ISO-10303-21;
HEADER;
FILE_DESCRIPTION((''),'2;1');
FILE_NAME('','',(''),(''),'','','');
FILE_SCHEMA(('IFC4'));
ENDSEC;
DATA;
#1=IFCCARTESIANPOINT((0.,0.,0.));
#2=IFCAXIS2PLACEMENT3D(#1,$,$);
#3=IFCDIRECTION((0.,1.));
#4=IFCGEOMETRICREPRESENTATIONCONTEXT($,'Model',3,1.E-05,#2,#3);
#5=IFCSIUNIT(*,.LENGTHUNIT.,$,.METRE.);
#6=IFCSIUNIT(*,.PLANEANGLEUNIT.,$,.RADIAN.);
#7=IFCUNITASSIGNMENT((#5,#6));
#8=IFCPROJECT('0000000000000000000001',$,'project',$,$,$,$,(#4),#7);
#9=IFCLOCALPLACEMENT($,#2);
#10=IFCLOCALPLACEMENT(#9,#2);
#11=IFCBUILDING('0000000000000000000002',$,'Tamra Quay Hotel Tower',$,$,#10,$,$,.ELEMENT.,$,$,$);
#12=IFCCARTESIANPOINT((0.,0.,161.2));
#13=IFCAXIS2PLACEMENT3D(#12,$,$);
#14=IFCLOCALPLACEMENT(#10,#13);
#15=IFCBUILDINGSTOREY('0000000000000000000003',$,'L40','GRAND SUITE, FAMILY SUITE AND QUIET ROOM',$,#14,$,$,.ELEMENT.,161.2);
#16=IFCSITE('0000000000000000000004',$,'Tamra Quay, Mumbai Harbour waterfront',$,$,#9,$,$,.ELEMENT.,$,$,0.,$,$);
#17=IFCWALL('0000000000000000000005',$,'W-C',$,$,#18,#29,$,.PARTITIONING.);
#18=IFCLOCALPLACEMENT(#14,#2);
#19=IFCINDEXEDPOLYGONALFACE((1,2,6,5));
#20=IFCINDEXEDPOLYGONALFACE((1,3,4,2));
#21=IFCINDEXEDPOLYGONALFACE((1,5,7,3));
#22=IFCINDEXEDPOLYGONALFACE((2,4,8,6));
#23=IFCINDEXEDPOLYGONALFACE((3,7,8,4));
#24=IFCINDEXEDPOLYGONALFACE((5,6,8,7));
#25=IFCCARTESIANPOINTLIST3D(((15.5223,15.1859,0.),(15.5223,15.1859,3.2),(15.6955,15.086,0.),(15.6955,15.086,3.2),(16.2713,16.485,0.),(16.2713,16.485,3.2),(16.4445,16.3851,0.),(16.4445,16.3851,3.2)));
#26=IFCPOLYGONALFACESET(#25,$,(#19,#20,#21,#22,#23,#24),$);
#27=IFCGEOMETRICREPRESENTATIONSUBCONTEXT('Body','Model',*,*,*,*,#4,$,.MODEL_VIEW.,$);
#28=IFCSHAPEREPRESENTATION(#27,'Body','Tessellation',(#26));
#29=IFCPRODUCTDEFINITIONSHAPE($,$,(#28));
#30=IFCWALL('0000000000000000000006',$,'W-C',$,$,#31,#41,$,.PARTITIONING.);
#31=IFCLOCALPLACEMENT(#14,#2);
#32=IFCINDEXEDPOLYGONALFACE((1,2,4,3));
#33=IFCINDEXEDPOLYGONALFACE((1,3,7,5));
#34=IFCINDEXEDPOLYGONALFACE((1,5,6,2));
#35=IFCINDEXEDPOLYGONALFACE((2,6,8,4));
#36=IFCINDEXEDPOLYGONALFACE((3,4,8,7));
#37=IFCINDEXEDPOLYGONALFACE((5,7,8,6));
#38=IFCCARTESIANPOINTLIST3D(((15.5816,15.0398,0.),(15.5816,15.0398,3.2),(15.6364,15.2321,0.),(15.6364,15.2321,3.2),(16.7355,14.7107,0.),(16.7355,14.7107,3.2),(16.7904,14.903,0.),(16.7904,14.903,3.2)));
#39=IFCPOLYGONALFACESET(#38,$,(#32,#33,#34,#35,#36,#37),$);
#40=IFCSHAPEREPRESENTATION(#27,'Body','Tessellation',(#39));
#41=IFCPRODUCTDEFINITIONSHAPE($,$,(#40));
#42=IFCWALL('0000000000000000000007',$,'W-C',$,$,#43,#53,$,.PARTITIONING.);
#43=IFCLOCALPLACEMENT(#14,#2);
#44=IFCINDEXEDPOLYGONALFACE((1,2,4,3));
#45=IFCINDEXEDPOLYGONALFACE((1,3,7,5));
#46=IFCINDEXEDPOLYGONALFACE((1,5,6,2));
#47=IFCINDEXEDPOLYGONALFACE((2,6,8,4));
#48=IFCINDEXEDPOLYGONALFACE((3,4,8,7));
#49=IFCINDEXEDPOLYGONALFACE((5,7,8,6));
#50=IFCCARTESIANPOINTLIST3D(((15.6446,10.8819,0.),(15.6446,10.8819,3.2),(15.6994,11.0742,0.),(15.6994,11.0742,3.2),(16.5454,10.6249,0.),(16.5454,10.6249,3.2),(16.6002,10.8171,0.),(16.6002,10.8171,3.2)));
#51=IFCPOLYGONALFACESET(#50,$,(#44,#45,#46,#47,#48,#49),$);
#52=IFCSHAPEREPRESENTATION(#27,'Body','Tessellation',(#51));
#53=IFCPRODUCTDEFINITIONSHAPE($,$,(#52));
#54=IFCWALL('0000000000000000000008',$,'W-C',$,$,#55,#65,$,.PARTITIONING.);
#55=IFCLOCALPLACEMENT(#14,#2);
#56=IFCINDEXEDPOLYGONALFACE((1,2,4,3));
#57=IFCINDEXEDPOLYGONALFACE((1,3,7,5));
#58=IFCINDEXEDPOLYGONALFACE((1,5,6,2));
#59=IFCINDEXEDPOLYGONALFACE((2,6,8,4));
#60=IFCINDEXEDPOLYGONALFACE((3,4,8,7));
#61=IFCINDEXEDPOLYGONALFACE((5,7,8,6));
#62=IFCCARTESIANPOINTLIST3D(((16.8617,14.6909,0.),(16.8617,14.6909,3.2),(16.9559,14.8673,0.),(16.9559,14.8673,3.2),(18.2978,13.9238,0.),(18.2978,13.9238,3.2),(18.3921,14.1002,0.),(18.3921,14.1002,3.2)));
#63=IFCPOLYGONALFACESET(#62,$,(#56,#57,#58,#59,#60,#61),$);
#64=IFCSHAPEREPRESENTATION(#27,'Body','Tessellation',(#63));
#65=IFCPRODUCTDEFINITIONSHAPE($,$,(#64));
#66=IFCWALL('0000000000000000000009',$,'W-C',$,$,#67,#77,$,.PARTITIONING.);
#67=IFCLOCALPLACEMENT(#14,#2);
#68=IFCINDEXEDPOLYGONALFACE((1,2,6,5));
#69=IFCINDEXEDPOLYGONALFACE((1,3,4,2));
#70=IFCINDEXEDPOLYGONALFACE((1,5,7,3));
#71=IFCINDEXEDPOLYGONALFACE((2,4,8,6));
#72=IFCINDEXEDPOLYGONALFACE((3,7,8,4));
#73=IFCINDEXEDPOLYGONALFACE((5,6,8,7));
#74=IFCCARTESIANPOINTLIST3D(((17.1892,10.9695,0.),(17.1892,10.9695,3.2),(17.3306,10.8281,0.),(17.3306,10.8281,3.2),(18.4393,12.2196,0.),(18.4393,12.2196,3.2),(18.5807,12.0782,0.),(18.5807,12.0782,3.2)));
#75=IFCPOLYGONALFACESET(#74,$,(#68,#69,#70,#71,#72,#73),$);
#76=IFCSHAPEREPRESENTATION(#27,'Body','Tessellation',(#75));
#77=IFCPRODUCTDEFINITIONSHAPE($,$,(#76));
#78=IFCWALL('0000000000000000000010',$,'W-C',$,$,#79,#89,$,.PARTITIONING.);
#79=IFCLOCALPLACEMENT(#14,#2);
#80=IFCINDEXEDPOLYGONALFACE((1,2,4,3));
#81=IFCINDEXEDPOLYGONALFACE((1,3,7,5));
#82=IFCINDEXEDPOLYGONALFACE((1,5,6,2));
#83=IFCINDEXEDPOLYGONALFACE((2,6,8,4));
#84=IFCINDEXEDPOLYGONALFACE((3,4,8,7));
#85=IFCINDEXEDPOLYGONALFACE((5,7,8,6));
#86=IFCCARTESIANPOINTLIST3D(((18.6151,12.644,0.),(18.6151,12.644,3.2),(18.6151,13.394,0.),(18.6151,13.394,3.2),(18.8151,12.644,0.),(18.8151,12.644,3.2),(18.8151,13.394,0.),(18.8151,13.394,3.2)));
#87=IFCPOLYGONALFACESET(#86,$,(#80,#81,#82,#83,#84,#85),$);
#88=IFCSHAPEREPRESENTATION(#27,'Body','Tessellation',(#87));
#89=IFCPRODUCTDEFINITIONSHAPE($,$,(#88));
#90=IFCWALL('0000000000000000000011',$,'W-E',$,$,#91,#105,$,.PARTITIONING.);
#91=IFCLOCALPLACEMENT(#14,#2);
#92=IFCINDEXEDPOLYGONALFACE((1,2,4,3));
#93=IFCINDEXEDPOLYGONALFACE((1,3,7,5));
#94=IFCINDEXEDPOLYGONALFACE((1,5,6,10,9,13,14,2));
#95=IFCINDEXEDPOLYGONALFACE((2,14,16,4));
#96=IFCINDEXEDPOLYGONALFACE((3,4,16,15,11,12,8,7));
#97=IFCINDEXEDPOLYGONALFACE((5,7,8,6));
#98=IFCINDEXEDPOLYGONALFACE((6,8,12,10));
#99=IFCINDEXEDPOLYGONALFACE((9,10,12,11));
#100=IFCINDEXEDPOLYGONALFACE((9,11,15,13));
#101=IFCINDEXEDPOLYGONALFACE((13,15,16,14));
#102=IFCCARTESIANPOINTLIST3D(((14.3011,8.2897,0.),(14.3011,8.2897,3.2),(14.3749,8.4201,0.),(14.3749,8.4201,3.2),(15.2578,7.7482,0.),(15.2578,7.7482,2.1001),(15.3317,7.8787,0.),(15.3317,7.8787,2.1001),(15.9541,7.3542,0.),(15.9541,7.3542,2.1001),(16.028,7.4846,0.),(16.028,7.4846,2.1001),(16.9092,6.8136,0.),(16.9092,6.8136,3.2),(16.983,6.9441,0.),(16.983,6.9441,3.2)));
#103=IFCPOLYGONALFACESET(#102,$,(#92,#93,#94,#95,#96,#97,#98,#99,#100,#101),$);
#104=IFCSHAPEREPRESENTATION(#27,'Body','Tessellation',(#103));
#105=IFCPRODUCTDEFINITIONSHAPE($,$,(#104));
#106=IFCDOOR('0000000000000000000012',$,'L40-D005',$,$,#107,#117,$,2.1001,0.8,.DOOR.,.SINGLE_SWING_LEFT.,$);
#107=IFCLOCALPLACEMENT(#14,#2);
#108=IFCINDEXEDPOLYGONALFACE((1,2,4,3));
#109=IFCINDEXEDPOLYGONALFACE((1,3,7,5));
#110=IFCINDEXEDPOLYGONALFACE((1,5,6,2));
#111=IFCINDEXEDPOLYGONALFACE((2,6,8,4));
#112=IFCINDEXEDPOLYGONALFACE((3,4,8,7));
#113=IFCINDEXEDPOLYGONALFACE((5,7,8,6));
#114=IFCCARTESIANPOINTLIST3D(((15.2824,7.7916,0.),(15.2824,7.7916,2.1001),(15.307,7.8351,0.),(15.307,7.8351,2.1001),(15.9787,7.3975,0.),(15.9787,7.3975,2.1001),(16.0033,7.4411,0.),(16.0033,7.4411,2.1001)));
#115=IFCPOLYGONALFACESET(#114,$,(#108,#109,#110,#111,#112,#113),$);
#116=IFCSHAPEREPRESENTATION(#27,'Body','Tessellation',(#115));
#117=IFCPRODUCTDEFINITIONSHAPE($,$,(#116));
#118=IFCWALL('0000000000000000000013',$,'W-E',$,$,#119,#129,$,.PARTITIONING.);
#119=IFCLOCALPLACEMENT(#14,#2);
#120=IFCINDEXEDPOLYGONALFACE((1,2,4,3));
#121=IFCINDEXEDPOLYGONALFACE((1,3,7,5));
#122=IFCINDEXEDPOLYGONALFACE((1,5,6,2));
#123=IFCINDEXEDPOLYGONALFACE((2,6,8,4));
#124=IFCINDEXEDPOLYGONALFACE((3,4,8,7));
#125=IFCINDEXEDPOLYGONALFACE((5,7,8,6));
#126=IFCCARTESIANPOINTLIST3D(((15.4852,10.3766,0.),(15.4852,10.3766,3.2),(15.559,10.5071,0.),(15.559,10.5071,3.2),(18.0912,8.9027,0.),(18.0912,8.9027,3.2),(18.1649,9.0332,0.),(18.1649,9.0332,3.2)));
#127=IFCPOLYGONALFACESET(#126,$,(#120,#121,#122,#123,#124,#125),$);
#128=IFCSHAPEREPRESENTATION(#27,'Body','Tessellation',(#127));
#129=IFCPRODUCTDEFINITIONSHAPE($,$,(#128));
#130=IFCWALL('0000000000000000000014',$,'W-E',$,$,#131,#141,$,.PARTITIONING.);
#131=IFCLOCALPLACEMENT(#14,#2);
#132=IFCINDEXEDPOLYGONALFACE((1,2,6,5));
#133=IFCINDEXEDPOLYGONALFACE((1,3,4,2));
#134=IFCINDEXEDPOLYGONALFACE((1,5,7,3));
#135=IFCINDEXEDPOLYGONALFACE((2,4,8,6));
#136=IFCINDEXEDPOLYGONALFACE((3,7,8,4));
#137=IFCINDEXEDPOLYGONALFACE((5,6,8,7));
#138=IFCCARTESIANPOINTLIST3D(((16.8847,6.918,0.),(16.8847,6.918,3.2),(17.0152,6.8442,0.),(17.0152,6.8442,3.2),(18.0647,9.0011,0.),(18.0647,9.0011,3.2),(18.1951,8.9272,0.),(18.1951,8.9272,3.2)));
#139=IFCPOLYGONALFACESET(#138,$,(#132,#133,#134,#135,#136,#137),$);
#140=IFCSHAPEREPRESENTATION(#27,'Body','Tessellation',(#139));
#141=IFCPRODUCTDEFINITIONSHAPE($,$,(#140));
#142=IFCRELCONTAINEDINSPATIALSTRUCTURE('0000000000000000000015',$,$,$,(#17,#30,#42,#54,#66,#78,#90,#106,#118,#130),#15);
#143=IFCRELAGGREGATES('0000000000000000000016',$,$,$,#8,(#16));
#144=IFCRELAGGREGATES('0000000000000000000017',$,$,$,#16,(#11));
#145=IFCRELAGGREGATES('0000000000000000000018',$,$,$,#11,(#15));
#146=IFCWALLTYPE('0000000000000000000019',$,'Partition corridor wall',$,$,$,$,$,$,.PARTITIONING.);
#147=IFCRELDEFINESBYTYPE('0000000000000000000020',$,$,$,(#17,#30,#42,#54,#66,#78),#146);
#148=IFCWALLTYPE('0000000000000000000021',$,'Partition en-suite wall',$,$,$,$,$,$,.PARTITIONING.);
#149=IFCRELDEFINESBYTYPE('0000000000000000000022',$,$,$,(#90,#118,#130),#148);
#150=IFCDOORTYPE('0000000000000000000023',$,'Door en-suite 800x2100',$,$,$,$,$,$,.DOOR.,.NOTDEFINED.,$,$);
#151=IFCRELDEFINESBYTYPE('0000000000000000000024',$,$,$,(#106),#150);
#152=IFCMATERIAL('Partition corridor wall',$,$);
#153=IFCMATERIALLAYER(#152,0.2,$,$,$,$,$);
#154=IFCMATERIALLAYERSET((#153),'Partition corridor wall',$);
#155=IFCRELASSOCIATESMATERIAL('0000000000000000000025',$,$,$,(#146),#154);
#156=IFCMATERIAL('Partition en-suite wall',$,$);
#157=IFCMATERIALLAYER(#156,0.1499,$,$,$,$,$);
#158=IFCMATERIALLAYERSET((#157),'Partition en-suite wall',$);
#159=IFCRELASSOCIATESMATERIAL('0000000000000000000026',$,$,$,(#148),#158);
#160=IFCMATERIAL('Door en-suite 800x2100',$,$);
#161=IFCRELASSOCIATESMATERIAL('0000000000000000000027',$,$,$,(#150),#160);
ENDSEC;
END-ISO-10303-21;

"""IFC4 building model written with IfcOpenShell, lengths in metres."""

from ifc_helpers import new_model, si_unit, direction, frame, frame_2d, origin, place, context, subcontext, project, spatial, rectangle, extrude, material, layer, layer_set, type_object, element, fill, save


model = new_model("IFC4")

# Units and contexts
model_context = context("Model", 3, precision=1e-05, world=origin(), true_north=direction((0.0, 1.0)))
body_context = subcontext(model_context, "Body", "Model", "MODEL_VIEW")
ifc_project = project(units=[si_unit("LENGTHUNIT", "METRE"), si_unit("PLANEANGLEUNIT", "RADIAN")], contexts=[model_context])

# Site, building, storey
site_placement = place(None, origin())
site = spatial("IfcSite", under=ifc_project, at=site_placement, Name="Tamra Quay, Mumbai Harbour waterfront", CompositionType="ELEMENT", RefElevation=0.0)
building_placement = place(site_placement, origin())
building = spatial("IfcBuilding", under=site, at=building_placement, Name="Tamra Quay Hotel Tower", CompositionType="ELEMENT")
storey_placement = place(building_placement, frame((0.0, 0.0, 161.2)))
storey = spatial("IfcBuildingStorey", under=building, at=storey_placement, Name="L40", Description="GRAND SUITE, FAMILY SUITE AND QUIET ROOM", CompositionType="ELEMENT", Elevation=161.2)

# Walls
ifc_material_1 = material(Name="Partition corridor wall")
ifc_layer_1 = layer(ifc_material_1, 0.2)
ifc_layer_set_1 = layer_set([ifc_layer_1], Name="Partition corridor wall")
wall_type_1 = type_object("IfcWallType", Name="Partition corridor wall", PredefinedType="PARTITIONING", material=ifc_layer_set_1)
wall_1_placement = place(storey_placement, frame((15.6089, 15.136, 0.0), z_axis=(0.0, 0.0, 1.0), x_axis=(0.499502, 0.866313, 0.0)))
element("IfcWall", 1, at=wall_1_placement, inside=storey, type_object=wall_type_1, Name="W-C", PredefinedType="PARTITIONING", context=body_context, shape_type="SweptSolid", body=[
    extrude(rectangle(XDim=1.4995, YDim=0.2, at=frame_2d((0.7498, 0.0))), origin(), (0.0, 0.0, 1.0), 3.2),
])
wall_2_placement = place(storey_placement, frame((15.6089, 15.136, 0.0), z_axis=(0.0, 0.0, 1.0), x_axis=(0.961662, -0.274237, 0.0)))
element("IfcWall", 2, at=wall_2_placement, inside=storey, type_object=wall_type_1, Name="W-C", PredefinedType="PARTITIONING", context=body_context, shape_type="SweptSolid", body=[
    extrude(rectangle(XDim=1.2, YDim=0.2, at=frame_2d((0.6001, 0.0))), origin(), (0.0, 0.0, 1.0), 3.2),
])
wall_3_placement = place(storey_placement, frame((15.6721, 10.978, 0.0), z_axis=(0.0, 0.0, 1.0), x_axis=(0.961612, -0.274411, 0.0)))
element("IfcWall", 3, at=wall_3_placement, inside=storey, type_object=wall_type_1, Name="W-C", PredefinedType="PARTITIONING", context=body_context, shape_type="SweptSolid", body=[
    extrude(rectangle(XDim=0.9368, YDim=0.2, at=frame_2d((0.4683, 0.0))), origin(), (0.0, 0.0, 1.0), 3.2),
])
wall_4_placement = place(storey_placement, frame((16.9089, 14.7791, 0.0), z_axis=(0.0, 0.0, 1.0), x_axis=(0.882046, -0.471164, 0.0)))
element("IfcWall", 4, at=wall_4_placement, inside=storey, type_object=wall_type_1, Name="W-C", PredefinedType="PARTITIONING", context=body_context, shape_type="SweptSolid", body=[
    extrude(rectangle(XDim=1.6282, YDim=0.2, at=frame_2d((0.814, 0.0))), origin(), (0.0, 0.0, 1.0), 3.2),
])
wall_5_placement = place(storey_placement, frame((17.26, 10.8989, 0.0), z_axis=(0.0, 0.0, 1.0), x_axis=(0.707107, 0.707107, 0.0)))
element("IfcWall", 5, at=wall_5_placement, inside=storey, type_object=wall_type_1, Name="W-C", PredefinedType="PARTITIONING", context=body_context, shape_type="SweptSolid", body=[
    extrude(rectangle(XDim=1.7678, YDim=0.2, at=frame_2d((0.8838, 0.0))), origin(), (0.0, 0.0, 1.0), 3.2),
])
wall_6_placement = place(storey_placement, frame((18.7151, 12.644, 0.0), z_axis=(0.0, 0.0, 1.0), x_axis=(0.0, 1.0, 0.0)))
element("IfcWall", 6, at=wall_6_placement, inside=storey, type_object=wall_type_1, Name="W-C", PredefinedType="PARTITIONING", context=body_context, shape_type="SweptSolid", body=[
    extrude(rectangle(XDim=0.75, YDim=0.2, at=frame_2d((0.375, 0.0))), origin(), (0.0, 0.0, 1.0), 3.2),
])

# Wall, opening, door
ifc_material_2 = material(Name="Partition en-suite wall")
ifc_layer_2 = layer(ifc_material_2, 0.1499)
ifc_layer_set_2 = layer_set([ifc_layer_2], Name="Partition en-suite wall")
wall_type_2 = type_object("IfcWallType", Name="Partition en-suite wall", PredefinedType="PARTITIONING", material=ifc_layer_set_2)
wall_7_placement = place(storey_placement, frame((14.3379, 8.355, 0.0), z_axis=(0.0, 0.0, 1.0), x_axis=(0.870291, -0.492538, 0.0)))
wall_7 = element("IfcWall", 7, at=wall_7_placement, inside=storey, type_object=wall_type_2, Name="W-E", PredefinedType="PARTITIONING", context=body_context, shape_type="SweptSolid", body=[
    extrude(rectangle(XDim=2.9968, YDim=0.1499, at=frame_2d((1.4985, 0.0))), origin(), (0.0, 0.0, 1.0), 3.2),
])
opening_placement = place(wall_7_placement, frame((1.0996, 0.0, 0.0)))
opening = element("IfcOpeningElement", 8, at=opening_placement, cuts=wall_7, PredefinedType="OPENING", context=body_context, shape_type="SweptSolid", body=[
    extrude(rectangle(XDim=0.8, YDim=2.1001, at=frame_2d((0.3999, 1.05))), frame((0.0, 0.085, 0.0), z_axis=(0.0, -1.0, 0.0), x_axis=(1.0, 0.0, 0.0)), (0.0, 0.0, 1.0), 0.1699),
])
ifc_material_3 = material(Name="Door en-suite 800x2100")
door_type = type_object("IfcDoorType", Name="Door en-suite 800x2100", OperationType="NOTDEFINED", PredefinedType="DOOR", material=ifc_material_3)
door_placement = place(opening_placement, origin())
door = element("IfcDoor", 9, at=door_placement, inside=storey, type_object=door_type, Name="L40-D005", OperationType="SINGLE_SWING_LEFT", OverallHeight=2.1001, OverallWidth=0.8, PredefinedType="DOOR", context=body_context, shape_type="SweptSolid", body=[
    extrude(rectangle(XDim=0.8, YDim=2.1001, at=frame_2d((0.3999, 1.05))), frame((0.0, 0.0249, 0.0), z_axis=(0.0, -1.0, 0.0), x_axis=(1.0, 0.0, 0.0)), (0.0, 0.0, 1.0), 0.05),
])
fill(opening, door)

# Walls
wall_8_placement = place(storey_placement, frame((15.522, 10.4419, 0.0), z_axis=(0.0, 0.0, 1.0), x_axis=(0.870428, -0.492296, 0.0)))
element("IfcWall", 10, at=wall_8_placement, inside=storey, type_object=wall_type_2, Name="W-E", PredefinedType="PARTITIONING", context=body_context, shape_type="SweptSolid", body=[
    extrude(rectangle(XDim=2.9939, YDim=0.1499, at=frame_2d((1.4971, 0.0))), origin(), (0.0, 0.0, 1.0), 3.2),
])
wall_9_placement = place(storey_placement, frame((16.95, 6.8811, 0.0), z_axis=(0.0, 0.0, 1.0), x_axis=(0.492874, 0.870101, 0.0)))
element("IfcWall", 11, at=wall_9_placement, inside=storey, type_object=wall_type_2, Name="W-E", PredefinedType="PARTITIONING", context=body_context, shape_type="SweptSolid", body=[
    extrude(rectangle(XDim=2.394, YDim=0.1499, at=frame_2d((1.197, 0.0))), origin(), (0.0, 0.0, 1.0), 3.2),
])

save(model, "model.ifc")
